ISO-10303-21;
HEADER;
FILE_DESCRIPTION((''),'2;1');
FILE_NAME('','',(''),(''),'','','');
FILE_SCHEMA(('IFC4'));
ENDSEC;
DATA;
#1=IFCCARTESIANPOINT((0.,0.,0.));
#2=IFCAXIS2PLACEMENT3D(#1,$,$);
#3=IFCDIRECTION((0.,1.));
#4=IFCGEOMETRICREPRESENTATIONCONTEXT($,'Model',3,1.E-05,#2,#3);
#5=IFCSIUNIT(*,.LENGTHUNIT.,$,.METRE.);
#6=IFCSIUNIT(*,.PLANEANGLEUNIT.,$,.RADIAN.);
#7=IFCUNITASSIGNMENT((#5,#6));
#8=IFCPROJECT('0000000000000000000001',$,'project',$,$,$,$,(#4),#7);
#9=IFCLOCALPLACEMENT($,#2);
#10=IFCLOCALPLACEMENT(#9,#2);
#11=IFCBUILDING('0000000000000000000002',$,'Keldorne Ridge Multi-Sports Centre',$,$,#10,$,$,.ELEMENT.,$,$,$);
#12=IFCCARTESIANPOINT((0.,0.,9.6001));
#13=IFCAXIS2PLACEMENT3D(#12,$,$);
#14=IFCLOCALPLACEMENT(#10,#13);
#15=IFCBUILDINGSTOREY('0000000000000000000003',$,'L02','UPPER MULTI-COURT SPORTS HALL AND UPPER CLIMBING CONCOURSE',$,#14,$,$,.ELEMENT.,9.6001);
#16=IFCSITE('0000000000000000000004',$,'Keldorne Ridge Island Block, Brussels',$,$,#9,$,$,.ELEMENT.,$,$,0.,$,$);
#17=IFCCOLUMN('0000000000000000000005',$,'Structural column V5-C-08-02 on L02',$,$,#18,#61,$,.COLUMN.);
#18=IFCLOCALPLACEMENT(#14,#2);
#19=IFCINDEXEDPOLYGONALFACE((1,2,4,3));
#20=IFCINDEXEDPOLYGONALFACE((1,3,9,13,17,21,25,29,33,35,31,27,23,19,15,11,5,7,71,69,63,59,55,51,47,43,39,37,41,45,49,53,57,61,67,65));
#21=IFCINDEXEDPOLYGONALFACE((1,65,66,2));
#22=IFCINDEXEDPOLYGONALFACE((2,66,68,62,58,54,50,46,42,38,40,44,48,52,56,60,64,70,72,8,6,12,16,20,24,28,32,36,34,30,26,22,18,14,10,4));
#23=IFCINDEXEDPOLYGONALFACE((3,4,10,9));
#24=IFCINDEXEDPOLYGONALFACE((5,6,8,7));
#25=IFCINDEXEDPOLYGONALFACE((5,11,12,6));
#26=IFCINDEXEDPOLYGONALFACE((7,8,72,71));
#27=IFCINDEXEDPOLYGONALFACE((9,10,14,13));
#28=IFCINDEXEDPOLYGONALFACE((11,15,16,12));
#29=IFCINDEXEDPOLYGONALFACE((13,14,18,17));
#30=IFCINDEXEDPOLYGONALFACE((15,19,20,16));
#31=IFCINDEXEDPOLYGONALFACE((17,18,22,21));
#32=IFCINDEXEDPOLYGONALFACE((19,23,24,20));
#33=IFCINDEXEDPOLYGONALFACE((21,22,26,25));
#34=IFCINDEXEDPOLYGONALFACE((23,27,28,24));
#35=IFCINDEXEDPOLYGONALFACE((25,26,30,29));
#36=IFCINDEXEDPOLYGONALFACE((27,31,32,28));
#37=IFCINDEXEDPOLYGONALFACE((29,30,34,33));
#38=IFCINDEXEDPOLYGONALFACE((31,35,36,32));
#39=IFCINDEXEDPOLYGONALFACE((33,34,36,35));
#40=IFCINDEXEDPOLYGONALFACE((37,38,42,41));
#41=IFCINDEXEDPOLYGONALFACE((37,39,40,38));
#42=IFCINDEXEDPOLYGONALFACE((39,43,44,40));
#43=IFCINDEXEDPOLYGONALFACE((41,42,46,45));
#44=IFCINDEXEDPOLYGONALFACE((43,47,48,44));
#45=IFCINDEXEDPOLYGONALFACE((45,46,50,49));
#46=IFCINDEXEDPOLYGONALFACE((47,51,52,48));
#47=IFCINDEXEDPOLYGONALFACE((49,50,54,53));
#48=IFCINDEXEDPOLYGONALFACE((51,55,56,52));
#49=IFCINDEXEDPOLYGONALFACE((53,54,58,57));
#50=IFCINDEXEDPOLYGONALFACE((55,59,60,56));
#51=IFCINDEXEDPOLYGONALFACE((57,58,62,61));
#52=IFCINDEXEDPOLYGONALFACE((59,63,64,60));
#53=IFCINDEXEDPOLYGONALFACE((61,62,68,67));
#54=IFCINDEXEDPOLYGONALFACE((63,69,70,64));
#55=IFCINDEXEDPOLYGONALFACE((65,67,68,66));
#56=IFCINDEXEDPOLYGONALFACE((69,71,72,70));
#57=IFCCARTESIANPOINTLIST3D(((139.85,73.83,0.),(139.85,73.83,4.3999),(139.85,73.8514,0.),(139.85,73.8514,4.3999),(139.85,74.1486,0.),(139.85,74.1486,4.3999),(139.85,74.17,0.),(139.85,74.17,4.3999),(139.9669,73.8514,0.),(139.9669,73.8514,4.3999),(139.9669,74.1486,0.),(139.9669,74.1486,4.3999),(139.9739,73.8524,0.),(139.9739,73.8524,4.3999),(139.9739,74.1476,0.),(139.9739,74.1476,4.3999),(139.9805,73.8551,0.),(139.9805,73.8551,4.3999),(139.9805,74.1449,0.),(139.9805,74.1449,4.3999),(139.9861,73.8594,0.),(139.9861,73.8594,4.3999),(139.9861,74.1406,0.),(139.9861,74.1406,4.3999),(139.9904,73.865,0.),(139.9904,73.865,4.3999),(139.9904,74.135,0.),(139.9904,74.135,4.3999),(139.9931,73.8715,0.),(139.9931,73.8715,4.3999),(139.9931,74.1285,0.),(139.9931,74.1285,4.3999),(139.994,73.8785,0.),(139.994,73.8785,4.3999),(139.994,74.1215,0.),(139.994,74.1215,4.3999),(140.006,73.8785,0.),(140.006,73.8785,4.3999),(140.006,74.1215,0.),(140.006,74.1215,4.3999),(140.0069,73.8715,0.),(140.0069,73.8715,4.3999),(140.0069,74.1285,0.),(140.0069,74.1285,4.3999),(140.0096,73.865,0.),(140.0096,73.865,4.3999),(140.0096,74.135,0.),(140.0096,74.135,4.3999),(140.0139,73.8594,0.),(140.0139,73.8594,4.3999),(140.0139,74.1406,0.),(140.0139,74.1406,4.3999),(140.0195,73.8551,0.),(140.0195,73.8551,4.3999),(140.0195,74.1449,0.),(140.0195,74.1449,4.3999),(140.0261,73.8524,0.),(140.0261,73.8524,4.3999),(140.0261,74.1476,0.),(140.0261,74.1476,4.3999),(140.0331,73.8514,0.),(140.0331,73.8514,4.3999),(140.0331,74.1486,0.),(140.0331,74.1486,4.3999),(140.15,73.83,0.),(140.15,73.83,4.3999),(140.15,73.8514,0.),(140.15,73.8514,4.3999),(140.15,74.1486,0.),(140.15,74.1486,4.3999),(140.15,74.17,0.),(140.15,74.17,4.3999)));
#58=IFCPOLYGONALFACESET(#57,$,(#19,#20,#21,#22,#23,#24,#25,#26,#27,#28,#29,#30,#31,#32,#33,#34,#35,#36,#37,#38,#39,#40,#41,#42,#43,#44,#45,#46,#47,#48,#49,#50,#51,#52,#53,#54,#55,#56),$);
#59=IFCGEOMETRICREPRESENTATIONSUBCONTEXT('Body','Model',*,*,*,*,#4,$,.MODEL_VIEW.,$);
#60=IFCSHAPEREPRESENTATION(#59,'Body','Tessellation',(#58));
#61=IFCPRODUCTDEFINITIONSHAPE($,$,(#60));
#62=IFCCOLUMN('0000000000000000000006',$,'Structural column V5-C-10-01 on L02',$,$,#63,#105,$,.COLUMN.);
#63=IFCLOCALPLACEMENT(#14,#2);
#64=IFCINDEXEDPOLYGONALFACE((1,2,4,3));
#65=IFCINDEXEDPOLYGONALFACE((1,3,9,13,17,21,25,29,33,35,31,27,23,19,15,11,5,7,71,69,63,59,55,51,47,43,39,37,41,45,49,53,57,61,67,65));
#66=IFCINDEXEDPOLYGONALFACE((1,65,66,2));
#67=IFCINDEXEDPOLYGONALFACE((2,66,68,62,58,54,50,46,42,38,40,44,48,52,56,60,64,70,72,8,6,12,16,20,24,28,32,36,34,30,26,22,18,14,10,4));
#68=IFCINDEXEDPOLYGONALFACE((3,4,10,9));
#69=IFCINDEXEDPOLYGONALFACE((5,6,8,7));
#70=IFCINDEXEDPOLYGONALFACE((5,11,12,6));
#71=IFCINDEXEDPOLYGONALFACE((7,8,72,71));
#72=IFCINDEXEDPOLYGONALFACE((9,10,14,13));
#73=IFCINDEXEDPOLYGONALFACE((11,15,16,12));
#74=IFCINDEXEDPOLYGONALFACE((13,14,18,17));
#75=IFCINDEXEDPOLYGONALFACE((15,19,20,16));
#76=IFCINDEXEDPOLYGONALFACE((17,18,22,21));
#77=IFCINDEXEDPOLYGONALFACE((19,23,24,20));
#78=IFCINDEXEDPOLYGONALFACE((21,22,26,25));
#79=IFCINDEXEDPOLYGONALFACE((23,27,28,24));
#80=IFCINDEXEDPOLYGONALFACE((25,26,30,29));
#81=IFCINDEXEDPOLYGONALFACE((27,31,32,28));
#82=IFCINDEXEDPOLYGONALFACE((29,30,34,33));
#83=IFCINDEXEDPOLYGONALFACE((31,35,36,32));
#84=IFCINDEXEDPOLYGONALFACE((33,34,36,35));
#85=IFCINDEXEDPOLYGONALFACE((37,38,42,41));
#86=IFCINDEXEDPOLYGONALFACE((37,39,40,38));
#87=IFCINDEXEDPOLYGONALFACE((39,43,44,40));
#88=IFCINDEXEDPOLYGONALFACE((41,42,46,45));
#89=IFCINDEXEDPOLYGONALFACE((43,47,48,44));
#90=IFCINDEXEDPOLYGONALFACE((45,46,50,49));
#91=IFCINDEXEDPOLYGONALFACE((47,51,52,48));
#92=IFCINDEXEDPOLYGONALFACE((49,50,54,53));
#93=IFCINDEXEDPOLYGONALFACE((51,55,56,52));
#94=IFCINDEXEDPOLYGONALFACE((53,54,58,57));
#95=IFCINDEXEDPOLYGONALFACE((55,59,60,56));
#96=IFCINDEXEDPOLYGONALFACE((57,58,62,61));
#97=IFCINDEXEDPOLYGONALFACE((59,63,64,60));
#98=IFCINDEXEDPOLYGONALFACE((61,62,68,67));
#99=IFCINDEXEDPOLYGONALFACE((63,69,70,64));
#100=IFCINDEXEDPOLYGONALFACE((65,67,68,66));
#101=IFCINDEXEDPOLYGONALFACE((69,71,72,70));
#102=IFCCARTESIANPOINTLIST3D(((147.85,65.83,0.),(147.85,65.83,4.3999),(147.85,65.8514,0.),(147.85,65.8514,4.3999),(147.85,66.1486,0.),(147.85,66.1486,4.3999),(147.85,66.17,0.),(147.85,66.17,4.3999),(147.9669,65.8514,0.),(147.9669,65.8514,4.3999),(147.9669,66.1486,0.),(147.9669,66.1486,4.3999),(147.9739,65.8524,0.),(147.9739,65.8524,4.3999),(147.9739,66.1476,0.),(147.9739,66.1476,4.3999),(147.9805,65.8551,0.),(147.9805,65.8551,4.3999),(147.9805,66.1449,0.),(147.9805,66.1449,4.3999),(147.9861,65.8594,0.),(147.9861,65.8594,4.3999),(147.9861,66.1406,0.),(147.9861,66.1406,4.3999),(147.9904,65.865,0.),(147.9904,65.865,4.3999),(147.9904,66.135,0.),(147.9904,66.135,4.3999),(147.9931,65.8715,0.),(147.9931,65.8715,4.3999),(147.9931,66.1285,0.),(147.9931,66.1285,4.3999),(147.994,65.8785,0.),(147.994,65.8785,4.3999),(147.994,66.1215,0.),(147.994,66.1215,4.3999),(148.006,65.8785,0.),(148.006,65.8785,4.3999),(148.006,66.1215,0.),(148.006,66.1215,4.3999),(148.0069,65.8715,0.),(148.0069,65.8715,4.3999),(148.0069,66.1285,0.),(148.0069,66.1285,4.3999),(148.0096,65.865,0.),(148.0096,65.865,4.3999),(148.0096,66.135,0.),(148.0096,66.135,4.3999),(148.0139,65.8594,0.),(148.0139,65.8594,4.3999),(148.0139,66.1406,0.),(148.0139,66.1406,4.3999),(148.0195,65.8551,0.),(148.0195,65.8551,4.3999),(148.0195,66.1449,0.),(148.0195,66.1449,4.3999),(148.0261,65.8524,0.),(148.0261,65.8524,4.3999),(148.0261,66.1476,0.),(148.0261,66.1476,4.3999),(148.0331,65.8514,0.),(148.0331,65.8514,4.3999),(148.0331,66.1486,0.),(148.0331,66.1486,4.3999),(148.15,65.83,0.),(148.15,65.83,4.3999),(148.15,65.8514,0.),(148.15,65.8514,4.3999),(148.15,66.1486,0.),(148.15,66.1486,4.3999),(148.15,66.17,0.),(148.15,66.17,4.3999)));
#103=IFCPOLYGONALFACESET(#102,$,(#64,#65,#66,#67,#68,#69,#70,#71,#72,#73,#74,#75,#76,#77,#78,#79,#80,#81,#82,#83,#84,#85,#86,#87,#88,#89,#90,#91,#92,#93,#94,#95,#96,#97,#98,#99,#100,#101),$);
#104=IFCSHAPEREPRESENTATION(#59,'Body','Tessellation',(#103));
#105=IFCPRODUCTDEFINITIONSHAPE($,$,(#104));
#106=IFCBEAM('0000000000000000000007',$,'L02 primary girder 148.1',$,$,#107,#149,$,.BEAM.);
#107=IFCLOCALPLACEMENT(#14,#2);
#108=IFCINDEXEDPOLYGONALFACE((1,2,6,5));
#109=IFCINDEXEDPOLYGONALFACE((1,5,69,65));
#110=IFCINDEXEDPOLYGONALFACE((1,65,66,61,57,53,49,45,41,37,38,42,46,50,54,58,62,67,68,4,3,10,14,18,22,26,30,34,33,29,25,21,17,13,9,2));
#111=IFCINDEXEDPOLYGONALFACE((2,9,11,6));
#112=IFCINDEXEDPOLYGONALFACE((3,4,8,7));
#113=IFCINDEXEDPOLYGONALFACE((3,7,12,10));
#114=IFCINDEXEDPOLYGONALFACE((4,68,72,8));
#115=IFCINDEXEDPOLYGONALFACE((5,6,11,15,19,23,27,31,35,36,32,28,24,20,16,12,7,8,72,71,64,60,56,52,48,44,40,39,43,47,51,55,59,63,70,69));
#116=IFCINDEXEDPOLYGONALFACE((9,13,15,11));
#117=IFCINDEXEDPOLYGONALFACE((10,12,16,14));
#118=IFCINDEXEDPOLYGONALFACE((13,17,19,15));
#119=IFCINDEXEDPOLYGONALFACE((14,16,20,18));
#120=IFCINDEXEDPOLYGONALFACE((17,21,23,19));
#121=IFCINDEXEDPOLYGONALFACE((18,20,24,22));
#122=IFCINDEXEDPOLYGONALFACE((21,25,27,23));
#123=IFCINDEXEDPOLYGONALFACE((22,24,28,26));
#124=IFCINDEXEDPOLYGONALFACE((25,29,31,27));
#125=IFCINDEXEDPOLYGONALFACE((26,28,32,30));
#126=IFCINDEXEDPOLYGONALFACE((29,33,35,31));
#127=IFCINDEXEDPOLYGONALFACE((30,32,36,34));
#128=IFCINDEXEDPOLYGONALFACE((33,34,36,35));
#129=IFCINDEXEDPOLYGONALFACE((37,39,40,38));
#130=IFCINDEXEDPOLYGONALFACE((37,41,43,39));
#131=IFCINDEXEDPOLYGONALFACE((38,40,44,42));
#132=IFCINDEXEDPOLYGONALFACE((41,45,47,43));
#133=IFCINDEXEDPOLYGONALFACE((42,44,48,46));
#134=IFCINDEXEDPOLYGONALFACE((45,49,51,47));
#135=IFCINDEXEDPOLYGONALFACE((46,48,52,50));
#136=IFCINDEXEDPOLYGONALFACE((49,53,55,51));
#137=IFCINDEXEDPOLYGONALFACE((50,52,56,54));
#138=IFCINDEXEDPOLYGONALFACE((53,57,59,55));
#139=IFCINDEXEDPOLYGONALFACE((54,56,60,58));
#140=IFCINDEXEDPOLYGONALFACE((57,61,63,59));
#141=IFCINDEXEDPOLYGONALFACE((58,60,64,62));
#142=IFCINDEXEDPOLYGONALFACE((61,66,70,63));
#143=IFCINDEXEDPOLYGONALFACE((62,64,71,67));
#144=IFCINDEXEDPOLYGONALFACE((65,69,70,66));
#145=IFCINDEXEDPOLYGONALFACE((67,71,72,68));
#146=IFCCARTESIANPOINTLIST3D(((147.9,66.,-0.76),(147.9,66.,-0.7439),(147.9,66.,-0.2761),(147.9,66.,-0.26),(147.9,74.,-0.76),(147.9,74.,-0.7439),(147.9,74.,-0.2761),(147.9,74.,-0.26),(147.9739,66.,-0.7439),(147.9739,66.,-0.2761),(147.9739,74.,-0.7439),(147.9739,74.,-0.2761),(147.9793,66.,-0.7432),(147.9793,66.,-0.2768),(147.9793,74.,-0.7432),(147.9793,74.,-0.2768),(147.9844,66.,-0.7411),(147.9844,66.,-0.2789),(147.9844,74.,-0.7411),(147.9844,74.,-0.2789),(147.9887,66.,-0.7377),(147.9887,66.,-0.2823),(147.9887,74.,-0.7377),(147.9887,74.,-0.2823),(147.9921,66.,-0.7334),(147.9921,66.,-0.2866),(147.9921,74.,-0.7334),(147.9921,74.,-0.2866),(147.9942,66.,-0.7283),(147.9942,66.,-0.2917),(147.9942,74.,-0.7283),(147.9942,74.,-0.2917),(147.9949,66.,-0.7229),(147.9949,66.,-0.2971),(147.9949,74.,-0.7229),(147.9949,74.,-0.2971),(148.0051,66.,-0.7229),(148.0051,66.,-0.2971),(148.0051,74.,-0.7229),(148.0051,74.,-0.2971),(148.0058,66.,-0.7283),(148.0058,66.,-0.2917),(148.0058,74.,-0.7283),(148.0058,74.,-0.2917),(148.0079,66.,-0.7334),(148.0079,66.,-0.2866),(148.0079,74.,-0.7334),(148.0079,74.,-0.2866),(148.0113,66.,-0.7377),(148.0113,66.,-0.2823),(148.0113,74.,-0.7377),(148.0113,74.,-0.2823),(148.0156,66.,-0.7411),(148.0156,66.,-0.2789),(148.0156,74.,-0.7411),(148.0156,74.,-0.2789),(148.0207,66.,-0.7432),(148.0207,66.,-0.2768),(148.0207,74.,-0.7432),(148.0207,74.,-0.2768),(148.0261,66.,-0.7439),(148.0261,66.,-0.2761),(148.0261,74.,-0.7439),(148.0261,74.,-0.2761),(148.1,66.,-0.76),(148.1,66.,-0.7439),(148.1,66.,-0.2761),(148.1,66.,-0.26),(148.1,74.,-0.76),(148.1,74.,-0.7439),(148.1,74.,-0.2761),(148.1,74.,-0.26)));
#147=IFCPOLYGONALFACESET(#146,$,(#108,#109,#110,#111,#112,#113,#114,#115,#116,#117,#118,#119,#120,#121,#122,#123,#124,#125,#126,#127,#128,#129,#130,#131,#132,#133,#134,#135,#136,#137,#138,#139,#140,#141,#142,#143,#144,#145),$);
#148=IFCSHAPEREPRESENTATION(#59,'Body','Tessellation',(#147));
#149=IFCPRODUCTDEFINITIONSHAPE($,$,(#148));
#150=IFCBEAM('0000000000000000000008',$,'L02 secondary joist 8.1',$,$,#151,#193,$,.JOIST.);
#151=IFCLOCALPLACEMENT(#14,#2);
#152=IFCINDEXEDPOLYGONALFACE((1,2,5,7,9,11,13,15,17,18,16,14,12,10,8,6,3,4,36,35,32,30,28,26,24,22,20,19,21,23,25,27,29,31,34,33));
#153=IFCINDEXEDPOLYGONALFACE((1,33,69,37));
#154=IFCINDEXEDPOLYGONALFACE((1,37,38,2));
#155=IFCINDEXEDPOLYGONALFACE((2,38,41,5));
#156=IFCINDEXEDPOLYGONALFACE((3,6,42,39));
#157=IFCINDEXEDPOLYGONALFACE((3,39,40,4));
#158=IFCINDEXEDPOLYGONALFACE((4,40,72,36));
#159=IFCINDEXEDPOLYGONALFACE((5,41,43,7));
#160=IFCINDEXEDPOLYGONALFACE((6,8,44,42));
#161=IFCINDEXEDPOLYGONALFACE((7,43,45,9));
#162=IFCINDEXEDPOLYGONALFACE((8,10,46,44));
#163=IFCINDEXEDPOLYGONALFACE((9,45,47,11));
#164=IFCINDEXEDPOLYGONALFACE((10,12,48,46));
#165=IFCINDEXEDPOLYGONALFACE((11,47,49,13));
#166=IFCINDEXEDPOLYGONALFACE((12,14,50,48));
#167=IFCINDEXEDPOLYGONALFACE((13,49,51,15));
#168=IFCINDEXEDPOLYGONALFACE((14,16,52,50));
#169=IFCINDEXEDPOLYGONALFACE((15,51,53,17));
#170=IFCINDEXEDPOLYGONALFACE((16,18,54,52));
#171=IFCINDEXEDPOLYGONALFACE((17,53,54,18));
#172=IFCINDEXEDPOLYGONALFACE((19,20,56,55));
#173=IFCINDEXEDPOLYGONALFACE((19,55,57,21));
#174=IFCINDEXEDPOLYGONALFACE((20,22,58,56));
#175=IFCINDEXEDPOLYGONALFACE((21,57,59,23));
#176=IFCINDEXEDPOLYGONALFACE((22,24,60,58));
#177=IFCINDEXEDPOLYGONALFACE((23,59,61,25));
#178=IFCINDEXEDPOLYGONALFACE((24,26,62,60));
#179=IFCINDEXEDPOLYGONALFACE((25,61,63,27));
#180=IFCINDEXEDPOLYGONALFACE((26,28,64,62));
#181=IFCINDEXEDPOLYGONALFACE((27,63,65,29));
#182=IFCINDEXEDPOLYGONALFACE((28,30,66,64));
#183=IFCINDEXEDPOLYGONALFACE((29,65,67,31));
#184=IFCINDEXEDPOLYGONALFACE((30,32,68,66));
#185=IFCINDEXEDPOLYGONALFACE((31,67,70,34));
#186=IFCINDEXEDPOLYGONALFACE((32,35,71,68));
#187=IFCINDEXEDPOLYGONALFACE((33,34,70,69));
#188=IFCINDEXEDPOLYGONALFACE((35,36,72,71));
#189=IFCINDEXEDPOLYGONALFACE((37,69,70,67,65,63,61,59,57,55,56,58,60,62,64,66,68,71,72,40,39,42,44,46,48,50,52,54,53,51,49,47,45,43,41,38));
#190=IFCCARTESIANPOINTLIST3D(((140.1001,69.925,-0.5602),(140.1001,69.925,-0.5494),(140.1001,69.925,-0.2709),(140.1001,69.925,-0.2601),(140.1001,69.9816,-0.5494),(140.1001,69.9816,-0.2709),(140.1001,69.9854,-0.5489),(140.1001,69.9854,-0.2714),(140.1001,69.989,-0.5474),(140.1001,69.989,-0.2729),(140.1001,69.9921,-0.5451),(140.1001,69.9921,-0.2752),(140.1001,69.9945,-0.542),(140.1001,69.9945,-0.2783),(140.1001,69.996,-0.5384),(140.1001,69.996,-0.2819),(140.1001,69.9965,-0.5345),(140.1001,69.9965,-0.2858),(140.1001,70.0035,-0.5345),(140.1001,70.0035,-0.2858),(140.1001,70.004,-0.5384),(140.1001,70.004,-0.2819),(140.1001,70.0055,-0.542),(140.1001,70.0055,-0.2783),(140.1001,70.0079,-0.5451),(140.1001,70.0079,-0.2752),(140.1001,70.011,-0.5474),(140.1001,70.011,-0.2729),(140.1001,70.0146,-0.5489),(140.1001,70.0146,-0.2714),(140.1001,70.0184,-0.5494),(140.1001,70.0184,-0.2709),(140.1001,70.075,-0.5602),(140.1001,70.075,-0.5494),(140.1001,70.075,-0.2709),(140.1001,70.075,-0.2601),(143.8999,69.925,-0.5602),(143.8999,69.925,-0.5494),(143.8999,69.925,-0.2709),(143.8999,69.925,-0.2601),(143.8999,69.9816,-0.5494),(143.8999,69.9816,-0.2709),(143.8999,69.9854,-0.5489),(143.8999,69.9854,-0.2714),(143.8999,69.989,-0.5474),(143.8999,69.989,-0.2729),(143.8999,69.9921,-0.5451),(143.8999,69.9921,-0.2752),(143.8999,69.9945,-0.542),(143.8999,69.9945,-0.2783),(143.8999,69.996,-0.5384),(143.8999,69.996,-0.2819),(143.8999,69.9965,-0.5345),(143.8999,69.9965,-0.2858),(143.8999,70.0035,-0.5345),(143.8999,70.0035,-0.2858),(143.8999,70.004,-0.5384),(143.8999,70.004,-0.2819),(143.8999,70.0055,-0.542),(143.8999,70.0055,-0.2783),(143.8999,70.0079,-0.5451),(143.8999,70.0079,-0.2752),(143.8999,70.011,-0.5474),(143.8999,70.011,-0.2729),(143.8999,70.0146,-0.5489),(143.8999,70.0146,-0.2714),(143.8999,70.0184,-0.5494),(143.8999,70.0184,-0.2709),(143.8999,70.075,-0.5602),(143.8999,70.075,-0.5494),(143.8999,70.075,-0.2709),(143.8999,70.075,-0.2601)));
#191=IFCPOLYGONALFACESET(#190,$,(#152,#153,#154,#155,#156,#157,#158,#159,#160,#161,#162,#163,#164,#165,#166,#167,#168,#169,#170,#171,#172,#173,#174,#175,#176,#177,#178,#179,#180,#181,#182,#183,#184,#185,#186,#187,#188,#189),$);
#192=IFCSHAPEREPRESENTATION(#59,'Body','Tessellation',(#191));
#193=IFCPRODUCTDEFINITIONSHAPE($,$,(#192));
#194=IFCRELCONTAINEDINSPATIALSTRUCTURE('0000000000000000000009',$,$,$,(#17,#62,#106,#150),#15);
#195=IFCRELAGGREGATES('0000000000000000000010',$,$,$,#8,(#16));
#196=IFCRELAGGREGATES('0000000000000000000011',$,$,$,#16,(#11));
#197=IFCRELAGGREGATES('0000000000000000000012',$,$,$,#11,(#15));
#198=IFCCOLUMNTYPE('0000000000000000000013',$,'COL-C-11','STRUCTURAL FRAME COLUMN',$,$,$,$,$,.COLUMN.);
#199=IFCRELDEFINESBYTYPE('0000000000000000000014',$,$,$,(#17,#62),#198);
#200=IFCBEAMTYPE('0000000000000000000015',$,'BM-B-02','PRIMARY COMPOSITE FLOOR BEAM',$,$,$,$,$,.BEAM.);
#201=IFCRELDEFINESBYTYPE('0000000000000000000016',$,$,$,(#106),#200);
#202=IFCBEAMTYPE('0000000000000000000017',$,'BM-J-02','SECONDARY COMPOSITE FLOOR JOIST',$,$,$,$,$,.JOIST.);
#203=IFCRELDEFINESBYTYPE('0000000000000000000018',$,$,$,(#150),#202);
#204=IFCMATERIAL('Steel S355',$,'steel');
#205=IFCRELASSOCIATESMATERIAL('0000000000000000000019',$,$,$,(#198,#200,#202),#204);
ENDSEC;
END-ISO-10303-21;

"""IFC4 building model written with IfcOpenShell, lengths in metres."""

from ifc_helpers import new_model, si_unit, direction, frame, origin, origin_2d, place, context, subcontext, project, spatial, i_section, extrude, material, material_profile, profile_set, type_object, element, save


model = new_model("IFC4")

# Units and contexts
model_context = context("Model", 3, precision=1e-05, world=origin(), true_north=direction((0.0, 1.0)))
body_context = subcontext(model_context, "Body", "Model", "MODEL_VIEW")
ifc_project = project(units=[si_unit("LENGTHUNIT", "METRE"), si_unit("PLANEANGLEUNIT", "RADIAN")], contexts=[model_context])

# Site, building, storey
site_placement = place(None, origin())
site = spatial("IfcSite", under=ifc_project, at=site_placement, Name="Keldorne Ridge Island Block, Brussels", CompositionType="ELEMENT", RefElevation=0.0)
building_placement = place(site_placement, origin())
building = spatial("IfcBuilding", under=site, at=building_placement, Name="Keldorne Ridge Multi-Sports Centre", CompositionType="ELEMENT")
storey_placement = place(building_placement, frame((0.0, 0.0, 9.6001)))
storey = spatial("IfcBuildingStorey", under=building, at=storey_placement, Name="L02", Description="UPPER MULTI-COURT SPORTS HALL AND UPPER CLIMBING CONCOURSE", CompositionType="ELEMENT", Elevation=9.6001)

# Columns
ifc_material_1 = material(Name="Steel S355", Category="steel")
ifc_material_profile_1 = material_profile(ifc_material_1, i_section(OverallWidth=0.3, OverallDepth=0.3401, WebThickness=0.012, FlangeThickness=0.0215, FilletRadius=0.0271, at=origin_2d()), Name="HEB 340")
ifc_profile_set_1 = profile_set([ifc_material_profile_1], Name="Steel S355")
column_type = type_object("IfcColumnType", Name="COL-C-11", Description="STRUCTURAL FRAME COLUMN", PredefinedType="COLUMN", material=ifc_profile_set_1)
for number, where, z_axis, x_axis, name in (
    (1, (140.0, 74.0, 0.0), (0.0, 0.0, 1.0), (1.0, 0.0, 0.0), "Structural column V5-C-08-02 on L02"),
    (2, (148.0, 66.0, 0.0), (0.0, 0.0, 1.0), (1.0, 0.0, 0.0), "Structural column V5-C-10-01 on L02"),
):
    element("IfcColumn", number, at=place(storey_placement, frame(where, z_axis=z_axis, x_axis=x_axis)), inside=storey, type_object=column_type, Name=name, PredefinedType="COLUMN", context=body_context, shape_type="SweptSolid", body=[
        extrude(i_section(OverallWidth=0.3, OverallDepth=0.3401, WebThickness=0.012, FlangeThickness=0.0215, FilletRadius=0.0271, at=origin_2d()), origin(), (0.0, 0.0, 1.0), 4.3999),
    ])

# Beams
ifc_material_profile_2 = material_profile(ifc_material_1, i_section(OverallWidth=0.2, OverallDepth=0.5, WebThickness=0.0103, FlangeThickness=0.0161, FilletRadius=0.021, at=origin_2d()), Name="IPE 500")
ifc_profile_set_2 = profile_set([ifc_material_profile_2], Name="Steel S355")
beam_type_1 = type_object("IfcBeamType", Name="BM-B-02", Description="PRIMARY COMPOSITE FLOOR BEAM", PredefinedType="BEAM", material=ifc_profile_set_2)
beam_1_placement = place(storey_placement, frame((148.0, 66.0, -0.51), z_axis=(0.0, 1.0, 0.0), x_axis=(-1.0, 0.0, 0.0)))
element("IfcBeam", 3, at=beam_1_placement, inside=storey, type_object=beam_type_1, Name="L02 primary girder 148.1", PredefinedType="BEAM", context=body_context, shape_type="SweptSolid", body=[
    extrude(i_section(OverallWidth=0.2, OverallDepth=0.5, WebThickness=0.0103, FlangeThickness=0.0161, FilletRadius=0.021, at=origin_2d()), origin(), (0.0, 0.0, 1.0), 8.0),
])
ifc_material_profile_3 = material_profile(ifc_material_1, i_section(OverallWidth=0.1499, OverallDepth=0.3, WebThickness=0.0071, FlangeThickness=0.0107, FilletRadius=0.0149, at=origin_2d()), Name="IPE 300")
ifc_profile_set_3 = profile_set([ifc_material_profile_3], Name="Steel S355")
beam_type_2 = type_object("IfcBeamType", Name="BM-J-02", Description="SECONDARY COMPOSITE FLOOR JOIST", PredefinedType="JOIST", material=ifc_profile_set_3)
for number, where, z_axis, x_axis, name in (
    (4, (140.1001, 70.0, -0.4102), (1.0, 0.0, 0.0), (0.0, 1.0, 0.0), "L02 secondary joist 8.1"),
):
    element("IfcBeam", number, at=place(storey_placement, frame(where, z_axis=z_axis, x_axis=x_axis)), inside=storey, type_object=beam_type_2, Name=name, PredefinedType="JOIST", context=body_context, shape_type="SweptSolid", body=[
        extrude(i_section(OverallWidth=0.1499, OverallDepth=0.3, WebThickness=0.0071, FlangeThickness=0.0107, FilletRadius=0.0149, at=origin_2d()), origin(), (0.0, 0.0, 1.0), 3.7998),
    ])

save(model, "model.ifc")
